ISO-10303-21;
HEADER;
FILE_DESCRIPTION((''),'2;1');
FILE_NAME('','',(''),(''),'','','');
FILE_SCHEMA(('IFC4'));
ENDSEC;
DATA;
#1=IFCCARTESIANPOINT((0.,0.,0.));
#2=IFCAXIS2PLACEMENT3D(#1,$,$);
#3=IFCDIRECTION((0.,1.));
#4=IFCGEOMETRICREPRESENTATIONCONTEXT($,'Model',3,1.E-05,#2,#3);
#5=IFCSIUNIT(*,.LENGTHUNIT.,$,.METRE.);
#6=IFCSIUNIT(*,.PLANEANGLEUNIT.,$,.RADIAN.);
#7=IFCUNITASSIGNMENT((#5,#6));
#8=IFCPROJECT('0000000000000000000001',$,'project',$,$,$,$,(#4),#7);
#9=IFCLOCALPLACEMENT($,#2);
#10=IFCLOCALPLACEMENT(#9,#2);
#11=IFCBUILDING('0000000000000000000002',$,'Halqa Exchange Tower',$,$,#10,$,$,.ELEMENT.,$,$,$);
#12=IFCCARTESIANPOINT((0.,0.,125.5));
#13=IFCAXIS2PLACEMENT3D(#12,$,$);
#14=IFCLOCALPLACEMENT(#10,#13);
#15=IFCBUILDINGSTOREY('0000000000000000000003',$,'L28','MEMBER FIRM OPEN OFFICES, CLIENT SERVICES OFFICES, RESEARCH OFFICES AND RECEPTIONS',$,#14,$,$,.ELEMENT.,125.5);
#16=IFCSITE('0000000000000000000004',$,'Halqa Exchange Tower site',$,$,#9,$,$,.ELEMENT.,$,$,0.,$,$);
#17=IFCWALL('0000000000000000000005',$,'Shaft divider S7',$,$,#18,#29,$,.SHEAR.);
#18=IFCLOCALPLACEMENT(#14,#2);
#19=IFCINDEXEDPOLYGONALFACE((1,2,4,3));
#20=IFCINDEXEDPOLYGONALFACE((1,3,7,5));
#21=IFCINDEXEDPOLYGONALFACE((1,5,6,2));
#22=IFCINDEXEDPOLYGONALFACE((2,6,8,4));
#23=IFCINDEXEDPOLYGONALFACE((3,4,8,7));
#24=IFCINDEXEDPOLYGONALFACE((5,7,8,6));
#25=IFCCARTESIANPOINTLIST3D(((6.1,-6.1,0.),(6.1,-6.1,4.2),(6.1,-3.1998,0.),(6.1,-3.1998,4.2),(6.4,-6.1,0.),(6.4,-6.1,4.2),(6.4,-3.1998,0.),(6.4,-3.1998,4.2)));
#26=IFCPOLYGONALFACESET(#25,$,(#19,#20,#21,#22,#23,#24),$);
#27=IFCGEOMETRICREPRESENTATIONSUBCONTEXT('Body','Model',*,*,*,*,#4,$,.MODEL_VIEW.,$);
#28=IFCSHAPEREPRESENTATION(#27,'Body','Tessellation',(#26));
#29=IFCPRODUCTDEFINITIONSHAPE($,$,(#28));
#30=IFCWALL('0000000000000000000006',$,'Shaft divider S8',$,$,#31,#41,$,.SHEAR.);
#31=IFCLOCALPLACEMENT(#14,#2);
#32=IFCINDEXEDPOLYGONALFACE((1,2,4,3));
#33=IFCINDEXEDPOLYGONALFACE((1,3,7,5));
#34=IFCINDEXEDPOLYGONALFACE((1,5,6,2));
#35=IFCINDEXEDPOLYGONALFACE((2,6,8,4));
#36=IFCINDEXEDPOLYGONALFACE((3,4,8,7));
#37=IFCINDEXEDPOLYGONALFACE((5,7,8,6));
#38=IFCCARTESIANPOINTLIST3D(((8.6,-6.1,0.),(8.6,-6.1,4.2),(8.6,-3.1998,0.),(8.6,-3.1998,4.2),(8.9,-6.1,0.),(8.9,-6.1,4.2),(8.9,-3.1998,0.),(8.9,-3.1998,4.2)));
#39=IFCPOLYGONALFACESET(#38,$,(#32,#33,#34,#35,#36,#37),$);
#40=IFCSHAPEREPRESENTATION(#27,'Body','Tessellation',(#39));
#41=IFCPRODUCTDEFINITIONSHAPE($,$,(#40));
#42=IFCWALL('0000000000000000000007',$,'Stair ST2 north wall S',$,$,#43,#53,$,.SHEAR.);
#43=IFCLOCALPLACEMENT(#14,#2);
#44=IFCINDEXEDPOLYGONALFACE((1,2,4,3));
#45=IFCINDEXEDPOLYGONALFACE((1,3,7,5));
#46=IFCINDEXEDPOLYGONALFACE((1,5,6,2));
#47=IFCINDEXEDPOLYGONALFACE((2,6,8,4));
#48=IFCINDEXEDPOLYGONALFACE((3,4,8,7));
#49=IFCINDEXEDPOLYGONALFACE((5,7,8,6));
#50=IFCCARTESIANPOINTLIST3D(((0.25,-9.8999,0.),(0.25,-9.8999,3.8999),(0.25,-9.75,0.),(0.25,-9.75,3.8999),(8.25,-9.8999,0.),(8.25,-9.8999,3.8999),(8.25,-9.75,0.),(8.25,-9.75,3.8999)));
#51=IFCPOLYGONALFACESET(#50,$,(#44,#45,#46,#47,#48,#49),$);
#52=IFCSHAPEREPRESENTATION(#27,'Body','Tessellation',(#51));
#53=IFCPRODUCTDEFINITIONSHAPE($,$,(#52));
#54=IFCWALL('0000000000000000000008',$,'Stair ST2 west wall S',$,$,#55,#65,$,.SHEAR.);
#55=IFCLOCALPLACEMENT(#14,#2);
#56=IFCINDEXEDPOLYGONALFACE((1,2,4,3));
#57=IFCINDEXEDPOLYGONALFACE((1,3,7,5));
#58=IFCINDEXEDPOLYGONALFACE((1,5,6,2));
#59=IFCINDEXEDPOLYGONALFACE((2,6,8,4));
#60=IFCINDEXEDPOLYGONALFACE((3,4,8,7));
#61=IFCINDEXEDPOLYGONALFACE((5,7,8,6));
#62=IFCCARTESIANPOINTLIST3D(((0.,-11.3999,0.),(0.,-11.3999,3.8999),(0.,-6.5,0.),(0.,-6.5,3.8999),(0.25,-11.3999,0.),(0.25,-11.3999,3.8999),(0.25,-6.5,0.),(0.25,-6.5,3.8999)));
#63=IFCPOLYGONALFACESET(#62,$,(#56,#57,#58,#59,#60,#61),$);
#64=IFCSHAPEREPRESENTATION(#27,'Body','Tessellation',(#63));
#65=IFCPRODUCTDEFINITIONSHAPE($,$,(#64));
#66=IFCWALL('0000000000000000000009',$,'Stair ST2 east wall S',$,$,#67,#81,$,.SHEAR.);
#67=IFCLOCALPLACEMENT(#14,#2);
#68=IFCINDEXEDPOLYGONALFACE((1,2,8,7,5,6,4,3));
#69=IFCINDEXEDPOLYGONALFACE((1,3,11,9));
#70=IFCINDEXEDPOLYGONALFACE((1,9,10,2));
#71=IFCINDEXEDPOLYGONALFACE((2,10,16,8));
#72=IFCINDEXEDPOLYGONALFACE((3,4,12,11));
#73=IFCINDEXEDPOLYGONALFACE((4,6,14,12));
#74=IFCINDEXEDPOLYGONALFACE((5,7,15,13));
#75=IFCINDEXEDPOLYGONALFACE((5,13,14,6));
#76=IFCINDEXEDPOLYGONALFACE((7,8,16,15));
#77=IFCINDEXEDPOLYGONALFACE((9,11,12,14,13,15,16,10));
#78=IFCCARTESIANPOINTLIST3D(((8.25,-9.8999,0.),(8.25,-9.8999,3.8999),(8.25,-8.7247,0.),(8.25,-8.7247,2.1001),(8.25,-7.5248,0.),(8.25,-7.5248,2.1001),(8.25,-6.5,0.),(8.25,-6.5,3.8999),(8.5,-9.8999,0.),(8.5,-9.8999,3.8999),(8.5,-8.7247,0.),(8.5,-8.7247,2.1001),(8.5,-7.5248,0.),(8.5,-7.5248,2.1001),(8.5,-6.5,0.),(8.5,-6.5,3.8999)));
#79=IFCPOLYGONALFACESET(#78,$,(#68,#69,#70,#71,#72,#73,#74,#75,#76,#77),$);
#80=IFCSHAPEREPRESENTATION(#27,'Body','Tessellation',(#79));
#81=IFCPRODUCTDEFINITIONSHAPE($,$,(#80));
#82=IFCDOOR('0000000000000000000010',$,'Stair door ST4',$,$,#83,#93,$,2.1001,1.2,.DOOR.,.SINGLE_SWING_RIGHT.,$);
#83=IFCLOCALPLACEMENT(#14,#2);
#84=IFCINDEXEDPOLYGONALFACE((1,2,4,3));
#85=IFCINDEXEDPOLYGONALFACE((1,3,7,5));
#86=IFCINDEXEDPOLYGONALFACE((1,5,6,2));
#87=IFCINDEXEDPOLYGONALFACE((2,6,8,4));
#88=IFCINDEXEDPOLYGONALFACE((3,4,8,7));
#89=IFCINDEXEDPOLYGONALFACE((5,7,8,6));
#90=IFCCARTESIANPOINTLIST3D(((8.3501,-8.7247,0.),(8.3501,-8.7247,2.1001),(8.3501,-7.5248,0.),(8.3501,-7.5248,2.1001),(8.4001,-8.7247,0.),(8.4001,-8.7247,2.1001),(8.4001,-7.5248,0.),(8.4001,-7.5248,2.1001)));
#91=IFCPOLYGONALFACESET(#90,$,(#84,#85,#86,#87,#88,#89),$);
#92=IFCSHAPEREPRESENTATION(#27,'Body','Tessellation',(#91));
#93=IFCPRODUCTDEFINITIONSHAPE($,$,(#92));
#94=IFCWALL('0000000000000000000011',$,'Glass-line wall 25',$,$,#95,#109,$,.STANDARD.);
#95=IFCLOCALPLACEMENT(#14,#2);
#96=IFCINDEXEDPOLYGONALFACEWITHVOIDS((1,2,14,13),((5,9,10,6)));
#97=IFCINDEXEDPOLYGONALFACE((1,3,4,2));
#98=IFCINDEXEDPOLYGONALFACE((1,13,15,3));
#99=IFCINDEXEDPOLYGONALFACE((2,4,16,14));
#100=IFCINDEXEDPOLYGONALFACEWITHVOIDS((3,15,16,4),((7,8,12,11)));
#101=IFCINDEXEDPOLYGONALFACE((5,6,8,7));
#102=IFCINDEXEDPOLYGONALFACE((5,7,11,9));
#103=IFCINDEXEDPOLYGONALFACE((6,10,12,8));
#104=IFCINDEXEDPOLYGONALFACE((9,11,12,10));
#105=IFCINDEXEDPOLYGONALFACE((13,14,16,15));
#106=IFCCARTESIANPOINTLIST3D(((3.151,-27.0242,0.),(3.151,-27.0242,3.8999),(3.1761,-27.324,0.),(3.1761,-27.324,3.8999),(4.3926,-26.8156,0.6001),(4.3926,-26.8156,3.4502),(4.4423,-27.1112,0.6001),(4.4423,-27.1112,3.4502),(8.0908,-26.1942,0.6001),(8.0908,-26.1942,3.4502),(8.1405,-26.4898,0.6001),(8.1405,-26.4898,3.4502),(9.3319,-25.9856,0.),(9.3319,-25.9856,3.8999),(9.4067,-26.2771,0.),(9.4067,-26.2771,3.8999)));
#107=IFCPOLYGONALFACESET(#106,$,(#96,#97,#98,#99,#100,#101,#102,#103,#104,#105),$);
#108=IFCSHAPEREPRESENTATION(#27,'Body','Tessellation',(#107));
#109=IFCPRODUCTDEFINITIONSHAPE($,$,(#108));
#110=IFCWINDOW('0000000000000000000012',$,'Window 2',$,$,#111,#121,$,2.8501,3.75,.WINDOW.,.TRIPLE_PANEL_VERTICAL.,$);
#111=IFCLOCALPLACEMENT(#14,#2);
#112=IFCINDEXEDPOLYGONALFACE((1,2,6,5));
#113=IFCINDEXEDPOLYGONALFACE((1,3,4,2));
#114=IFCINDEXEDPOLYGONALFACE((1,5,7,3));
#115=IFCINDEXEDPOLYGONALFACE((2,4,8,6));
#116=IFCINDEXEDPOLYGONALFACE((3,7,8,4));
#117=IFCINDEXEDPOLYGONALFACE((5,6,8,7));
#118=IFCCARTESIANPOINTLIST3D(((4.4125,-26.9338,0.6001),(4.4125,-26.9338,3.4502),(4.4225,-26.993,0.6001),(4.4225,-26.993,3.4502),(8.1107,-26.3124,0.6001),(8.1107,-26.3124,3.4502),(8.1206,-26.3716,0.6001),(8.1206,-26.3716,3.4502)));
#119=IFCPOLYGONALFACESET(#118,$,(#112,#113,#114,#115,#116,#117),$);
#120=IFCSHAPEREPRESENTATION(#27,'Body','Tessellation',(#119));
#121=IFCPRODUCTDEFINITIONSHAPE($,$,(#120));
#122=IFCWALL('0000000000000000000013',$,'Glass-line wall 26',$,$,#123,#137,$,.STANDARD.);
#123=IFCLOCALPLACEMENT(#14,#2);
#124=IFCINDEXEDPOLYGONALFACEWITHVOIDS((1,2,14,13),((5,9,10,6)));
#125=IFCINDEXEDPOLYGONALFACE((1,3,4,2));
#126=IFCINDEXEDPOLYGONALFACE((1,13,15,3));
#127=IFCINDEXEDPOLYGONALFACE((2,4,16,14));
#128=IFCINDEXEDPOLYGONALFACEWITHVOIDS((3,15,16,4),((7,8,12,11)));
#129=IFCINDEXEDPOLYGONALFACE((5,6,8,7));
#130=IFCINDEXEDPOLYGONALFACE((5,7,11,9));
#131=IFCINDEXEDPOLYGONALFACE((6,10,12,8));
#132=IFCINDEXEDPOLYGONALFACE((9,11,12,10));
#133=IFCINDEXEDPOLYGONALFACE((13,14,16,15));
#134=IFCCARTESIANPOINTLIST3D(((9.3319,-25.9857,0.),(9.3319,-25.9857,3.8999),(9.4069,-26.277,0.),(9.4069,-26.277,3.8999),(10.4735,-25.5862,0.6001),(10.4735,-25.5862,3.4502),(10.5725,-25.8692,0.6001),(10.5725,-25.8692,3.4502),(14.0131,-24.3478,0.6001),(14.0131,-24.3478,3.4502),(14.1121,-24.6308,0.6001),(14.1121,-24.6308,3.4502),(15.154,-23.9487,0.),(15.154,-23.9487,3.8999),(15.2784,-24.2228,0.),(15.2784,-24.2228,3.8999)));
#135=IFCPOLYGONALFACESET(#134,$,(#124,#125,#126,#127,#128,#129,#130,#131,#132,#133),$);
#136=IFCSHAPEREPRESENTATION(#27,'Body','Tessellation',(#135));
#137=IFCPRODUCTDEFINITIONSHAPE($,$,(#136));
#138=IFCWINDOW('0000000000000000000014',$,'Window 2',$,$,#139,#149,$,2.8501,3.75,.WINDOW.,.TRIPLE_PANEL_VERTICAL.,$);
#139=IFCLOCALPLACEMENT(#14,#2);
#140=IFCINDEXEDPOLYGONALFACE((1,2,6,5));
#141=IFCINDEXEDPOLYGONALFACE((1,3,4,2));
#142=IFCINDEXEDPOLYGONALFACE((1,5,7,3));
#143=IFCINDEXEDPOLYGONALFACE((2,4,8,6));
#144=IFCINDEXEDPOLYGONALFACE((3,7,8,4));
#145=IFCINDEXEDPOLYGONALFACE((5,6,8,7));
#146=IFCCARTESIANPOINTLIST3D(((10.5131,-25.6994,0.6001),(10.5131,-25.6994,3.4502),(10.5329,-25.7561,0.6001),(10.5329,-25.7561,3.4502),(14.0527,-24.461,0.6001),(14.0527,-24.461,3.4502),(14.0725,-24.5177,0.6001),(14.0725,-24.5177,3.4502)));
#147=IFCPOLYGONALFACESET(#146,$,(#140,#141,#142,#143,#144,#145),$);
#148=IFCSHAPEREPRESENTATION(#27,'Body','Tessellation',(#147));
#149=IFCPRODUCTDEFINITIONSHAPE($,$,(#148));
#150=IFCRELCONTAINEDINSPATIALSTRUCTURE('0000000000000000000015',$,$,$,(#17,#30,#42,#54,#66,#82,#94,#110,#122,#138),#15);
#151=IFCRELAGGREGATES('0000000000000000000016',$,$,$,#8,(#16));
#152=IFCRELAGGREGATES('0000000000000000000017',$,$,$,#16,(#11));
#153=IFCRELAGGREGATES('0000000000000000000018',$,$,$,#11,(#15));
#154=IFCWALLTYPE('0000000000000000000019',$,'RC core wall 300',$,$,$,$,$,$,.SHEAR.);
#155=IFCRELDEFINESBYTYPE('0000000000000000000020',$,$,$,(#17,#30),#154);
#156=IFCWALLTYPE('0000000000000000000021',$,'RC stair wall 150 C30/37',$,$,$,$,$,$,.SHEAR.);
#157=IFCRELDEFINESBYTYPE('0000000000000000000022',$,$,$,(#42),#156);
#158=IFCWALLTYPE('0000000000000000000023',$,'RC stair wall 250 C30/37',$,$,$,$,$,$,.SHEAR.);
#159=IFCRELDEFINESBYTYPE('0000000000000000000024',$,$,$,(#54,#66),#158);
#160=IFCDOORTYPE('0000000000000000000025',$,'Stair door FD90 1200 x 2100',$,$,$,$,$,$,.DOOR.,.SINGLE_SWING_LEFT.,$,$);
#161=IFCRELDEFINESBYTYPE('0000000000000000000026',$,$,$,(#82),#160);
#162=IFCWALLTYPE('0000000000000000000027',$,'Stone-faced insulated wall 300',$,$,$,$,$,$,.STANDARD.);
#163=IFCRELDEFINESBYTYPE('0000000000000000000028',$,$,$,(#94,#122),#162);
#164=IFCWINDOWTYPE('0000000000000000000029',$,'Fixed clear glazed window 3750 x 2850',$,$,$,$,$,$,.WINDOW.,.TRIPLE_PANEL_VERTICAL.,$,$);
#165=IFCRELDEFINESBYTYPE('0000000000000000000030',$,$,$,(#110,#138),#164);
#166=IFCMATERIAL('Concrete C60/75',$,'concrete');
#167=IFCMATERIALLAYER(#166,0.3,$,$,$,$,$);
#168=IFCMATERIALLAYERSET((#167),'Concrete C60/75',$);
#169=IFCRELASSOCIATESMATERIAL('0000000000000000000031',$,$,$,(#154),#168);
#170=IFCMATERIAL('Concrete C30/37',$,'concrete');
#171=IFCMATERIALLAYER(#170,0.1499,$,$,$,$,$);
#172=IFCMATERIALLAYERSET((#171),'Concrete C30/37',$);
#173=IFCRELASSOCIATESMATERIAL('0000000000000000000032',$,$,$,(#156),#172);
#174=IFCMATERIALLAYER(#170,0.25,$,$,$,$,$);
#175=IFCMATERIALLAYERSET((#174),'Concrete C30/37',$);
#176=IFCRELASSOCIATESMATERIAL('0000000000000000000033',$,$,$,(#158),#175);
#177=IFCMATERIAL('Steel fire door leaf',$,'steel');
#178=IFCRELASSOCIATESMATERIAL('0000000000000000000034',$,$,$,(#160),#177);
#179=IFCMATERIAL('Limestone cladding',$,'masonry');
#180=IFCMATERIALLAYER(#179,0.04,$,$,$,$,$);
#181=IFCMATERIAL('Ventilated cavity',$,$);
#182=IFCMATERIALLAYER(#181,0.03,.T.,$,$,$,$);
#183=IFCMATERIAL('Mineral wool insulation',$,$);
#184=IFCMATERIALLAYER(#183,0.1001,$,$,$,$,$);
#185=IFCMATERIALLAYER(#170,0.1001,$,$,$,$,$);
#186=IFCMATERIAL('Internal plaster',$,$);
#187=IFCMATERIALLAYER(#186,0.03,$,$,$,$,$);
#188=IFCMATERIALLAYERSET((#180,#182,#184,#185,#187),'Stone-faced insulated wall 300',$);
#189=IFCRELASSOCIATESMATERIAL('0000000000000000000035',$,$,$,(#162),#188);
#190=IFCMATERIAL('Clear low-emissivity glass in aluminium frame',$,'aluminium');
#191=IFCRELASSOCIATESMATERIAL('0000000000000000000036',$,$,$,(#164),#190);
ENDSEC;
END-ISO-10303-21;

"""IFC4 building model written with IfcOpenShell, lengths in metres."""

from ifc_helpers import new_model, si_unit, direction, frame, frame_2d, origin, place, context, subcontext, project, spatial, polyline, rectangle, outline, extrude, material, layer, layer_set, type_object, element, fill, save


model = new_model("IFC4")

# Units and contexts
model_context = context("Model", 3, precision=1e-05, world=origin(), true_north=direction((0.0, 1.0)))
body_context = subcontext(model_context, "Body", "Model", "MODEL_VIEW")
ifc_project = project(units=[si_unit("LENGTHUNIT", "METRE"), si_unit("PLANEANGLEUNIT", "RADIAN")], contexts=[model_context])

# Site, building, storey
site_placement = place(None, origin())
site = spatial("IfcSite", under=ifc_project, at=site_placement, Name="Halqa Exchange Tower site", CompositionType="ELEMENT", RefElevation=0.0)
building_placement = place(site_placement, origin())
building = spatial("IfcBuilding", under=site, at=building_placement, Name="Halqa Exchange Tower", CompositionType="ELEMENT")
storey_placement = place(building_placement, frame((0.0, 0.0, 125.5)))
storey = spatial("IfcBuildingStorey", under=building, at=storey_placement, Name="L28", Description="MEMBER FIRM OPEN OFFICES, CLIENT SERVICES OFFICES, RESEARCH OFFICES AND RECEPTIONS", CompositionType="ELEMENT", Elevation=125.5)

# Shared definitions
ifc_material_1 = material(Name="Concrete C60/75", Category="concrete")

# Walls
ifc_layer_1 = layer(ifc_material_1, 0.3)
ifc_layer_set_1 = layer_set([ifc_layer_1], Name="Concrete C60/75")
wall_type_1 = type_object("IfcWallType", Name="RC core wall 300", PredefinedType="SHEAR", material=ifc_layer_set_1)
for number, where, z_axis, x_axis, name in (
    (1, (6.25, -6.1001, 0.0), (0.0, 0.0, 1.0), (0.0, 1.0, 0.0), "Shaft divider S7"),
    (2, (8.75, -6.1001, 0.0), (0.0, 0.0, 1.0), (0.0, 1.0, 0.0), "Shaft divider S8"),
):
    element("IfcWall", number, at=place(storey_placement, frame(where, z_axis=z_axis, x_axis=x_axis)), inside=storey, type_object=wall_type_1, Name=name, PredefinedType="SHEAR", context=body_context, shape_type="SweptSolid", body=[
        extrude(rectangle(XDim=2.9001, YDim=0.3, at=frame_2d((1.4502, 0.0))), origin(), (0.0, 0.0, 1.0), 4.2),
    ])
ifc_material_2 = material(Name="Concrete C30/37", Category="concrete")
ifc_layer_2 = layer(ifc_material_2, 0.1499)
ifc_layer_set_2 = layer_set([ifc_layer_2], Name="Concrete C30/37")
wall_type_2 = type_object("IfcWallType", Name="RC stair wall 150 C30/37", PredefinedType="SHEAR", material=ifc_layer_set_2)
wall_1_placement = place(storey_placement, frame((0.25, -9.825, 0.0), z_axis=(0.0, 0.0, 1.0), x_axis=(1.0, 0.0, 0.0)))
element("IfcWall", 3, at=wall_1_placement, inside=storey, type_object=wall_type_2, Name="Stair ST2 north wall S", PredefinedType="SHEAR", context=body_context, shape_type="SweptSolid", body=[
    extrude(rectangle(XDim=8.0, YDim=0.1499, at=frame_2d((4.0, 0.0))), origin(), (0.0, 0.0, 1.0), 3.8999),
])
ifc_layer_3 = layer(ifc_material_2, 0.25)
ifc_layer_set_3 = layer_set([ifc_layer_3], Name="Concrete C30/37")
wall_type_3 = type_object("IfcWallType", Name="RC stair wall 250 C30/37", PredefinedType="SHEAR", material=ifc_layer_set_3)
wall_2_placement = place(storey_placement, frame((0.125, -11.3999, 0.0), z_axis=(0.0, 0.0, 1.0), x_axis=(0.0, 1.0, 0.0)))
element("IfcWall", 4, at=wall_2_placement, inside=storey, type_object=wall_type_3, Name="Stair ST2 west wall S", PredefinedType="SHEAR", context=body_context, shape_type="SweptSolid", body=[
    extrude(rectangle(XDim=4.8999, YDim=0.25, at=frame_2d((2.45, 0.0))), origin(), (0.0, 0.0, 1.0), 3.8999),
])

# Wall, opening, door
wall_3_placement = place(storey_placement, frame((8.375, -9.8999, 0.0), z_axis=(0.0, 0.0, 1.0), x_axis=(0.0, 1.0, 0.0)))
wall_3 = element("IfcWall", 5, at=wall_3_placement, inside=storey, type_object=wall_type_3, Name="Stair ST2 east wall S", PredefinedType="SHEAR", context=body_context, shape_type="SweptSolid", body=[
    extrude(rectangle(XDim=3.3999, YDim=0.25, at=frame_2d((1.7, 0.0))), origin(), (0.0, 0.0, 1.0), 3.8999),
])
opening_1_placement = place(wall_3_placement, frame((1.175, 0.0, 0.0)))
opening_1 = element("IfcOpeningElement", 6, at=opening_1_placement, cuts=wall_3, PredefinedType="OPENING", context=body_context, shape_type="SweptSolid", body=[
    extrude(rectangle(XDim=1.2, YDim=2.1001, at=frame_2d((0.6001, 1.05))), frame((0.0, 0.137, 0.0), z_axis=(0.0, -1.0, 0.0), x_axis=(1.0, 0.0, 0.0)), (0.0, 0.0, 1.0), 0.2739),
])
ifc_material_3 = material(Name="Steel fire door leaf", Category="steel")
door_type = type_object("IfcDoorType", Name="Stair door FD90 1200 x 2100", OperationType="SINGLE_SWING_LEFT", PredefinedType="DOOR", material=ifc_material_3)
door_placement = place(opening_1_placement, origin())
door = element("IfcDoor", 7, at=door_placement, inside=storey, type_object=door_type, Name="Stair door ST4", OperationType="SINGLE_SWING_RIGHT", OverallHeight=2.1001, OverallWidth=1.2, PredefinedType="DOOR", context=body_context, shape_type="SweptSolid", body=[
    extrude(rectangle(XDim=1.2, YDim=2.1001, at=frame_2d((0.6001, 1.05))), frame((0.0, 0.0249, 0.0), z_axis=(0.0, -1.0, 0.0), x_axis=(1.0, 0.0, 0.0)), (0.0, 0.0, 1.0), 0.05),
])
fill(opening_1, door)

# Walls, openings, windows
ifc_material_4 = material(Name="Limestone cladding", Category="masonry")
ifc_layer_4 = layer(ifc_material_4, 0.04)
ifc_material_5 = material(Name="Ventilated cavity")
ifc_layer_5 = layer(ifc_material_5, 0.03, ventilated=True)
ifc_material_6 = material(Name="Mineral wool insulation")
ifc_layer_6 = layer(ifc_material_6, 0.1001)
ifc_layer_7 = layer(ifc_material_2, 0.1001)
ifc_material_7 = material(Name="Internal plaster")
ifc_layer_8 = layer(ifc_material_7, 0.03)
ifc_layer_set_4 = layer_set([ifc_layer_4, ifc_layer_5, ifc_layer_6, ifc_layer_7, ifc_layer_8], Name="Stone-faced insulated wall 300")
wall_type_4 = type_object("IfcWallType", Name="Stone-faced insulated wall 300", PredefinedType="STANDARD", material=ifc_layer_set_4)
wall_4_placement = place(storey_placement, frame((3.1636, -27.1741, 0.0), z_axis=(0.0, 0.0, 1.0), x_axis=(0.986176, 0.165701, 0.0)))
wall_4 = element("IfcWall", 8, at=wall_4_placement, inside=storey, type_object=wall_type_4, Name="Glass-line wall 25", PredefinedType="STANDARD", context=body_context, shape_type="SweptSolid", body=[
    extrude(outline(polyline([(-0.0125, -0.1499), (6.3054, -0.1499), (6.28, 0.1499), (0.0125, 0.1499), (-0.0125, -0.1499)])), origin(), (0.0, 0.0, 1.0), 3.8999),
])
opening_2_placement = place(wall_4_placement, frame((1.2715, 0.0, 0.6001)))
opening_2 = element("IfcOpeningElement", 9, at=opening_2_placement, cuts=wall_4, PredefinedType="OPENING", context=body_context, shape_type="SweptSolid", body=[
    extrude(rectangle(XDim=3.75, YDim=2.8501, at=frame_2d((1.875, 1.425))), frame((0.0, 0.1621, 0.0), z_axis=(0.0, -1.0, 0.0), x_axis=(1.0, 0.0, 0.0)), (0.0, 0.0, 1.0), 0.324),
])
ifc_material_8 = material(Name="Clear low-emissivity glass in aluminium frame", Category="aluminium")
window_type = type_object("IfcWindowType", Name="Fixed clear glazed window 3750 x 2850", PartitioningType="TRIPLE_PANEL_VERTICAL", PredefinedType="WINDOW", material=ifc_material_8)
window_1_placement = place(opening_2_placement, origin())
window_1 = element("IfcWindow", 10, at=window_1_placement, inside=storey, type_object=window_type, Name="Window 2", OverallHeight=2.8501, OverallWidth=3.75, PartitioningType="TRIPLE_PANEL_VERTICAL", PredefinedType="WINDOW", context=body_context, shape_type="SweptSolid", body=[
    extrude(rectangle(XDim=3.75, YDim=2.8501, at=frame_2d((1.875, 1.425))), frame((0.0, 0.03, 0.0), z_axis=(0.0, -1.0, 0.0), x_axis=(1.0, 0.0, 0.0)), (0.0, 0.0, 1.0), 0.0601),
])
fill(opening_2, window_1)
wall_5_placement = place(storey_placement, frame((9.3694, -26.1313, 0.0), z_axis=(0.0, 0.0, 1.0), x_axis=(0.943897, 0.33024, 0.0)))
wall_5 = element("IfcWall", 11, at=wall_5_placement, inside=storey, type_object=wall_type_4, Name="Glass-line wall 26", PredefinedType="STANDARD", context=body_context, shape_type="SweptSolid", body=[
    extrude(outline(polyline([(-0.0127, -0.1499), (6.2078, -0.1499), (6.1809, 0.1499), (0.0127, 0.1499), (-0.0127, -0.1499)])), origin(), (0.0, 0.0, 1.0), 3.8999),
])
opening_3_placement = place(wall_5_placement, frame((1.2222, 0.0, 0.6001)))
opening_3 = element("IfcOpeningElement", 12, at=opening_3_placement, cuts=wall_5, PredefinedType="OPENING", context=body_context, shape_type="SweptSolid", body=[
    extrude(rectangle(XDim=3.75, YDim=2.8501, at=frame_2d((1.875, 1.425))), frame((0.0, 0.1621, 0.0), z_axis=(0.0, -1.0, 0.0), x_axis=(1.0, 0.0, 0.0)), (0.0, 0.0, 1.0), 0.324),
])
window_2_placement = place(opening_3_placement, origin())
window_2 = element("IfcWindow", 13, at=window_2_placement, inside=storey, type_object=window_type, Name="Window 2", OverallHeight=2.8501, OverallWidth=3.75, PartitioningType="TRIPLE_PANEL_VERTICAL", PredefinedType="WINDOW", context=body_context, shape_type="SweptSolid", body=[
    extrude(rectangle(XDim=3.75, YDim=2.8501, at=frame_2d((1.875, 1.425))), frame((0.0, 0.03, 0.0), z_axis=(0.0, -1.0, 0.0), x_axis=(1.0, 0.0, 0.0)), (0.0, 0.0, 1.0), 0.0601),
])
fill(opening_3, window_2)

save(model, "model.ifc")
